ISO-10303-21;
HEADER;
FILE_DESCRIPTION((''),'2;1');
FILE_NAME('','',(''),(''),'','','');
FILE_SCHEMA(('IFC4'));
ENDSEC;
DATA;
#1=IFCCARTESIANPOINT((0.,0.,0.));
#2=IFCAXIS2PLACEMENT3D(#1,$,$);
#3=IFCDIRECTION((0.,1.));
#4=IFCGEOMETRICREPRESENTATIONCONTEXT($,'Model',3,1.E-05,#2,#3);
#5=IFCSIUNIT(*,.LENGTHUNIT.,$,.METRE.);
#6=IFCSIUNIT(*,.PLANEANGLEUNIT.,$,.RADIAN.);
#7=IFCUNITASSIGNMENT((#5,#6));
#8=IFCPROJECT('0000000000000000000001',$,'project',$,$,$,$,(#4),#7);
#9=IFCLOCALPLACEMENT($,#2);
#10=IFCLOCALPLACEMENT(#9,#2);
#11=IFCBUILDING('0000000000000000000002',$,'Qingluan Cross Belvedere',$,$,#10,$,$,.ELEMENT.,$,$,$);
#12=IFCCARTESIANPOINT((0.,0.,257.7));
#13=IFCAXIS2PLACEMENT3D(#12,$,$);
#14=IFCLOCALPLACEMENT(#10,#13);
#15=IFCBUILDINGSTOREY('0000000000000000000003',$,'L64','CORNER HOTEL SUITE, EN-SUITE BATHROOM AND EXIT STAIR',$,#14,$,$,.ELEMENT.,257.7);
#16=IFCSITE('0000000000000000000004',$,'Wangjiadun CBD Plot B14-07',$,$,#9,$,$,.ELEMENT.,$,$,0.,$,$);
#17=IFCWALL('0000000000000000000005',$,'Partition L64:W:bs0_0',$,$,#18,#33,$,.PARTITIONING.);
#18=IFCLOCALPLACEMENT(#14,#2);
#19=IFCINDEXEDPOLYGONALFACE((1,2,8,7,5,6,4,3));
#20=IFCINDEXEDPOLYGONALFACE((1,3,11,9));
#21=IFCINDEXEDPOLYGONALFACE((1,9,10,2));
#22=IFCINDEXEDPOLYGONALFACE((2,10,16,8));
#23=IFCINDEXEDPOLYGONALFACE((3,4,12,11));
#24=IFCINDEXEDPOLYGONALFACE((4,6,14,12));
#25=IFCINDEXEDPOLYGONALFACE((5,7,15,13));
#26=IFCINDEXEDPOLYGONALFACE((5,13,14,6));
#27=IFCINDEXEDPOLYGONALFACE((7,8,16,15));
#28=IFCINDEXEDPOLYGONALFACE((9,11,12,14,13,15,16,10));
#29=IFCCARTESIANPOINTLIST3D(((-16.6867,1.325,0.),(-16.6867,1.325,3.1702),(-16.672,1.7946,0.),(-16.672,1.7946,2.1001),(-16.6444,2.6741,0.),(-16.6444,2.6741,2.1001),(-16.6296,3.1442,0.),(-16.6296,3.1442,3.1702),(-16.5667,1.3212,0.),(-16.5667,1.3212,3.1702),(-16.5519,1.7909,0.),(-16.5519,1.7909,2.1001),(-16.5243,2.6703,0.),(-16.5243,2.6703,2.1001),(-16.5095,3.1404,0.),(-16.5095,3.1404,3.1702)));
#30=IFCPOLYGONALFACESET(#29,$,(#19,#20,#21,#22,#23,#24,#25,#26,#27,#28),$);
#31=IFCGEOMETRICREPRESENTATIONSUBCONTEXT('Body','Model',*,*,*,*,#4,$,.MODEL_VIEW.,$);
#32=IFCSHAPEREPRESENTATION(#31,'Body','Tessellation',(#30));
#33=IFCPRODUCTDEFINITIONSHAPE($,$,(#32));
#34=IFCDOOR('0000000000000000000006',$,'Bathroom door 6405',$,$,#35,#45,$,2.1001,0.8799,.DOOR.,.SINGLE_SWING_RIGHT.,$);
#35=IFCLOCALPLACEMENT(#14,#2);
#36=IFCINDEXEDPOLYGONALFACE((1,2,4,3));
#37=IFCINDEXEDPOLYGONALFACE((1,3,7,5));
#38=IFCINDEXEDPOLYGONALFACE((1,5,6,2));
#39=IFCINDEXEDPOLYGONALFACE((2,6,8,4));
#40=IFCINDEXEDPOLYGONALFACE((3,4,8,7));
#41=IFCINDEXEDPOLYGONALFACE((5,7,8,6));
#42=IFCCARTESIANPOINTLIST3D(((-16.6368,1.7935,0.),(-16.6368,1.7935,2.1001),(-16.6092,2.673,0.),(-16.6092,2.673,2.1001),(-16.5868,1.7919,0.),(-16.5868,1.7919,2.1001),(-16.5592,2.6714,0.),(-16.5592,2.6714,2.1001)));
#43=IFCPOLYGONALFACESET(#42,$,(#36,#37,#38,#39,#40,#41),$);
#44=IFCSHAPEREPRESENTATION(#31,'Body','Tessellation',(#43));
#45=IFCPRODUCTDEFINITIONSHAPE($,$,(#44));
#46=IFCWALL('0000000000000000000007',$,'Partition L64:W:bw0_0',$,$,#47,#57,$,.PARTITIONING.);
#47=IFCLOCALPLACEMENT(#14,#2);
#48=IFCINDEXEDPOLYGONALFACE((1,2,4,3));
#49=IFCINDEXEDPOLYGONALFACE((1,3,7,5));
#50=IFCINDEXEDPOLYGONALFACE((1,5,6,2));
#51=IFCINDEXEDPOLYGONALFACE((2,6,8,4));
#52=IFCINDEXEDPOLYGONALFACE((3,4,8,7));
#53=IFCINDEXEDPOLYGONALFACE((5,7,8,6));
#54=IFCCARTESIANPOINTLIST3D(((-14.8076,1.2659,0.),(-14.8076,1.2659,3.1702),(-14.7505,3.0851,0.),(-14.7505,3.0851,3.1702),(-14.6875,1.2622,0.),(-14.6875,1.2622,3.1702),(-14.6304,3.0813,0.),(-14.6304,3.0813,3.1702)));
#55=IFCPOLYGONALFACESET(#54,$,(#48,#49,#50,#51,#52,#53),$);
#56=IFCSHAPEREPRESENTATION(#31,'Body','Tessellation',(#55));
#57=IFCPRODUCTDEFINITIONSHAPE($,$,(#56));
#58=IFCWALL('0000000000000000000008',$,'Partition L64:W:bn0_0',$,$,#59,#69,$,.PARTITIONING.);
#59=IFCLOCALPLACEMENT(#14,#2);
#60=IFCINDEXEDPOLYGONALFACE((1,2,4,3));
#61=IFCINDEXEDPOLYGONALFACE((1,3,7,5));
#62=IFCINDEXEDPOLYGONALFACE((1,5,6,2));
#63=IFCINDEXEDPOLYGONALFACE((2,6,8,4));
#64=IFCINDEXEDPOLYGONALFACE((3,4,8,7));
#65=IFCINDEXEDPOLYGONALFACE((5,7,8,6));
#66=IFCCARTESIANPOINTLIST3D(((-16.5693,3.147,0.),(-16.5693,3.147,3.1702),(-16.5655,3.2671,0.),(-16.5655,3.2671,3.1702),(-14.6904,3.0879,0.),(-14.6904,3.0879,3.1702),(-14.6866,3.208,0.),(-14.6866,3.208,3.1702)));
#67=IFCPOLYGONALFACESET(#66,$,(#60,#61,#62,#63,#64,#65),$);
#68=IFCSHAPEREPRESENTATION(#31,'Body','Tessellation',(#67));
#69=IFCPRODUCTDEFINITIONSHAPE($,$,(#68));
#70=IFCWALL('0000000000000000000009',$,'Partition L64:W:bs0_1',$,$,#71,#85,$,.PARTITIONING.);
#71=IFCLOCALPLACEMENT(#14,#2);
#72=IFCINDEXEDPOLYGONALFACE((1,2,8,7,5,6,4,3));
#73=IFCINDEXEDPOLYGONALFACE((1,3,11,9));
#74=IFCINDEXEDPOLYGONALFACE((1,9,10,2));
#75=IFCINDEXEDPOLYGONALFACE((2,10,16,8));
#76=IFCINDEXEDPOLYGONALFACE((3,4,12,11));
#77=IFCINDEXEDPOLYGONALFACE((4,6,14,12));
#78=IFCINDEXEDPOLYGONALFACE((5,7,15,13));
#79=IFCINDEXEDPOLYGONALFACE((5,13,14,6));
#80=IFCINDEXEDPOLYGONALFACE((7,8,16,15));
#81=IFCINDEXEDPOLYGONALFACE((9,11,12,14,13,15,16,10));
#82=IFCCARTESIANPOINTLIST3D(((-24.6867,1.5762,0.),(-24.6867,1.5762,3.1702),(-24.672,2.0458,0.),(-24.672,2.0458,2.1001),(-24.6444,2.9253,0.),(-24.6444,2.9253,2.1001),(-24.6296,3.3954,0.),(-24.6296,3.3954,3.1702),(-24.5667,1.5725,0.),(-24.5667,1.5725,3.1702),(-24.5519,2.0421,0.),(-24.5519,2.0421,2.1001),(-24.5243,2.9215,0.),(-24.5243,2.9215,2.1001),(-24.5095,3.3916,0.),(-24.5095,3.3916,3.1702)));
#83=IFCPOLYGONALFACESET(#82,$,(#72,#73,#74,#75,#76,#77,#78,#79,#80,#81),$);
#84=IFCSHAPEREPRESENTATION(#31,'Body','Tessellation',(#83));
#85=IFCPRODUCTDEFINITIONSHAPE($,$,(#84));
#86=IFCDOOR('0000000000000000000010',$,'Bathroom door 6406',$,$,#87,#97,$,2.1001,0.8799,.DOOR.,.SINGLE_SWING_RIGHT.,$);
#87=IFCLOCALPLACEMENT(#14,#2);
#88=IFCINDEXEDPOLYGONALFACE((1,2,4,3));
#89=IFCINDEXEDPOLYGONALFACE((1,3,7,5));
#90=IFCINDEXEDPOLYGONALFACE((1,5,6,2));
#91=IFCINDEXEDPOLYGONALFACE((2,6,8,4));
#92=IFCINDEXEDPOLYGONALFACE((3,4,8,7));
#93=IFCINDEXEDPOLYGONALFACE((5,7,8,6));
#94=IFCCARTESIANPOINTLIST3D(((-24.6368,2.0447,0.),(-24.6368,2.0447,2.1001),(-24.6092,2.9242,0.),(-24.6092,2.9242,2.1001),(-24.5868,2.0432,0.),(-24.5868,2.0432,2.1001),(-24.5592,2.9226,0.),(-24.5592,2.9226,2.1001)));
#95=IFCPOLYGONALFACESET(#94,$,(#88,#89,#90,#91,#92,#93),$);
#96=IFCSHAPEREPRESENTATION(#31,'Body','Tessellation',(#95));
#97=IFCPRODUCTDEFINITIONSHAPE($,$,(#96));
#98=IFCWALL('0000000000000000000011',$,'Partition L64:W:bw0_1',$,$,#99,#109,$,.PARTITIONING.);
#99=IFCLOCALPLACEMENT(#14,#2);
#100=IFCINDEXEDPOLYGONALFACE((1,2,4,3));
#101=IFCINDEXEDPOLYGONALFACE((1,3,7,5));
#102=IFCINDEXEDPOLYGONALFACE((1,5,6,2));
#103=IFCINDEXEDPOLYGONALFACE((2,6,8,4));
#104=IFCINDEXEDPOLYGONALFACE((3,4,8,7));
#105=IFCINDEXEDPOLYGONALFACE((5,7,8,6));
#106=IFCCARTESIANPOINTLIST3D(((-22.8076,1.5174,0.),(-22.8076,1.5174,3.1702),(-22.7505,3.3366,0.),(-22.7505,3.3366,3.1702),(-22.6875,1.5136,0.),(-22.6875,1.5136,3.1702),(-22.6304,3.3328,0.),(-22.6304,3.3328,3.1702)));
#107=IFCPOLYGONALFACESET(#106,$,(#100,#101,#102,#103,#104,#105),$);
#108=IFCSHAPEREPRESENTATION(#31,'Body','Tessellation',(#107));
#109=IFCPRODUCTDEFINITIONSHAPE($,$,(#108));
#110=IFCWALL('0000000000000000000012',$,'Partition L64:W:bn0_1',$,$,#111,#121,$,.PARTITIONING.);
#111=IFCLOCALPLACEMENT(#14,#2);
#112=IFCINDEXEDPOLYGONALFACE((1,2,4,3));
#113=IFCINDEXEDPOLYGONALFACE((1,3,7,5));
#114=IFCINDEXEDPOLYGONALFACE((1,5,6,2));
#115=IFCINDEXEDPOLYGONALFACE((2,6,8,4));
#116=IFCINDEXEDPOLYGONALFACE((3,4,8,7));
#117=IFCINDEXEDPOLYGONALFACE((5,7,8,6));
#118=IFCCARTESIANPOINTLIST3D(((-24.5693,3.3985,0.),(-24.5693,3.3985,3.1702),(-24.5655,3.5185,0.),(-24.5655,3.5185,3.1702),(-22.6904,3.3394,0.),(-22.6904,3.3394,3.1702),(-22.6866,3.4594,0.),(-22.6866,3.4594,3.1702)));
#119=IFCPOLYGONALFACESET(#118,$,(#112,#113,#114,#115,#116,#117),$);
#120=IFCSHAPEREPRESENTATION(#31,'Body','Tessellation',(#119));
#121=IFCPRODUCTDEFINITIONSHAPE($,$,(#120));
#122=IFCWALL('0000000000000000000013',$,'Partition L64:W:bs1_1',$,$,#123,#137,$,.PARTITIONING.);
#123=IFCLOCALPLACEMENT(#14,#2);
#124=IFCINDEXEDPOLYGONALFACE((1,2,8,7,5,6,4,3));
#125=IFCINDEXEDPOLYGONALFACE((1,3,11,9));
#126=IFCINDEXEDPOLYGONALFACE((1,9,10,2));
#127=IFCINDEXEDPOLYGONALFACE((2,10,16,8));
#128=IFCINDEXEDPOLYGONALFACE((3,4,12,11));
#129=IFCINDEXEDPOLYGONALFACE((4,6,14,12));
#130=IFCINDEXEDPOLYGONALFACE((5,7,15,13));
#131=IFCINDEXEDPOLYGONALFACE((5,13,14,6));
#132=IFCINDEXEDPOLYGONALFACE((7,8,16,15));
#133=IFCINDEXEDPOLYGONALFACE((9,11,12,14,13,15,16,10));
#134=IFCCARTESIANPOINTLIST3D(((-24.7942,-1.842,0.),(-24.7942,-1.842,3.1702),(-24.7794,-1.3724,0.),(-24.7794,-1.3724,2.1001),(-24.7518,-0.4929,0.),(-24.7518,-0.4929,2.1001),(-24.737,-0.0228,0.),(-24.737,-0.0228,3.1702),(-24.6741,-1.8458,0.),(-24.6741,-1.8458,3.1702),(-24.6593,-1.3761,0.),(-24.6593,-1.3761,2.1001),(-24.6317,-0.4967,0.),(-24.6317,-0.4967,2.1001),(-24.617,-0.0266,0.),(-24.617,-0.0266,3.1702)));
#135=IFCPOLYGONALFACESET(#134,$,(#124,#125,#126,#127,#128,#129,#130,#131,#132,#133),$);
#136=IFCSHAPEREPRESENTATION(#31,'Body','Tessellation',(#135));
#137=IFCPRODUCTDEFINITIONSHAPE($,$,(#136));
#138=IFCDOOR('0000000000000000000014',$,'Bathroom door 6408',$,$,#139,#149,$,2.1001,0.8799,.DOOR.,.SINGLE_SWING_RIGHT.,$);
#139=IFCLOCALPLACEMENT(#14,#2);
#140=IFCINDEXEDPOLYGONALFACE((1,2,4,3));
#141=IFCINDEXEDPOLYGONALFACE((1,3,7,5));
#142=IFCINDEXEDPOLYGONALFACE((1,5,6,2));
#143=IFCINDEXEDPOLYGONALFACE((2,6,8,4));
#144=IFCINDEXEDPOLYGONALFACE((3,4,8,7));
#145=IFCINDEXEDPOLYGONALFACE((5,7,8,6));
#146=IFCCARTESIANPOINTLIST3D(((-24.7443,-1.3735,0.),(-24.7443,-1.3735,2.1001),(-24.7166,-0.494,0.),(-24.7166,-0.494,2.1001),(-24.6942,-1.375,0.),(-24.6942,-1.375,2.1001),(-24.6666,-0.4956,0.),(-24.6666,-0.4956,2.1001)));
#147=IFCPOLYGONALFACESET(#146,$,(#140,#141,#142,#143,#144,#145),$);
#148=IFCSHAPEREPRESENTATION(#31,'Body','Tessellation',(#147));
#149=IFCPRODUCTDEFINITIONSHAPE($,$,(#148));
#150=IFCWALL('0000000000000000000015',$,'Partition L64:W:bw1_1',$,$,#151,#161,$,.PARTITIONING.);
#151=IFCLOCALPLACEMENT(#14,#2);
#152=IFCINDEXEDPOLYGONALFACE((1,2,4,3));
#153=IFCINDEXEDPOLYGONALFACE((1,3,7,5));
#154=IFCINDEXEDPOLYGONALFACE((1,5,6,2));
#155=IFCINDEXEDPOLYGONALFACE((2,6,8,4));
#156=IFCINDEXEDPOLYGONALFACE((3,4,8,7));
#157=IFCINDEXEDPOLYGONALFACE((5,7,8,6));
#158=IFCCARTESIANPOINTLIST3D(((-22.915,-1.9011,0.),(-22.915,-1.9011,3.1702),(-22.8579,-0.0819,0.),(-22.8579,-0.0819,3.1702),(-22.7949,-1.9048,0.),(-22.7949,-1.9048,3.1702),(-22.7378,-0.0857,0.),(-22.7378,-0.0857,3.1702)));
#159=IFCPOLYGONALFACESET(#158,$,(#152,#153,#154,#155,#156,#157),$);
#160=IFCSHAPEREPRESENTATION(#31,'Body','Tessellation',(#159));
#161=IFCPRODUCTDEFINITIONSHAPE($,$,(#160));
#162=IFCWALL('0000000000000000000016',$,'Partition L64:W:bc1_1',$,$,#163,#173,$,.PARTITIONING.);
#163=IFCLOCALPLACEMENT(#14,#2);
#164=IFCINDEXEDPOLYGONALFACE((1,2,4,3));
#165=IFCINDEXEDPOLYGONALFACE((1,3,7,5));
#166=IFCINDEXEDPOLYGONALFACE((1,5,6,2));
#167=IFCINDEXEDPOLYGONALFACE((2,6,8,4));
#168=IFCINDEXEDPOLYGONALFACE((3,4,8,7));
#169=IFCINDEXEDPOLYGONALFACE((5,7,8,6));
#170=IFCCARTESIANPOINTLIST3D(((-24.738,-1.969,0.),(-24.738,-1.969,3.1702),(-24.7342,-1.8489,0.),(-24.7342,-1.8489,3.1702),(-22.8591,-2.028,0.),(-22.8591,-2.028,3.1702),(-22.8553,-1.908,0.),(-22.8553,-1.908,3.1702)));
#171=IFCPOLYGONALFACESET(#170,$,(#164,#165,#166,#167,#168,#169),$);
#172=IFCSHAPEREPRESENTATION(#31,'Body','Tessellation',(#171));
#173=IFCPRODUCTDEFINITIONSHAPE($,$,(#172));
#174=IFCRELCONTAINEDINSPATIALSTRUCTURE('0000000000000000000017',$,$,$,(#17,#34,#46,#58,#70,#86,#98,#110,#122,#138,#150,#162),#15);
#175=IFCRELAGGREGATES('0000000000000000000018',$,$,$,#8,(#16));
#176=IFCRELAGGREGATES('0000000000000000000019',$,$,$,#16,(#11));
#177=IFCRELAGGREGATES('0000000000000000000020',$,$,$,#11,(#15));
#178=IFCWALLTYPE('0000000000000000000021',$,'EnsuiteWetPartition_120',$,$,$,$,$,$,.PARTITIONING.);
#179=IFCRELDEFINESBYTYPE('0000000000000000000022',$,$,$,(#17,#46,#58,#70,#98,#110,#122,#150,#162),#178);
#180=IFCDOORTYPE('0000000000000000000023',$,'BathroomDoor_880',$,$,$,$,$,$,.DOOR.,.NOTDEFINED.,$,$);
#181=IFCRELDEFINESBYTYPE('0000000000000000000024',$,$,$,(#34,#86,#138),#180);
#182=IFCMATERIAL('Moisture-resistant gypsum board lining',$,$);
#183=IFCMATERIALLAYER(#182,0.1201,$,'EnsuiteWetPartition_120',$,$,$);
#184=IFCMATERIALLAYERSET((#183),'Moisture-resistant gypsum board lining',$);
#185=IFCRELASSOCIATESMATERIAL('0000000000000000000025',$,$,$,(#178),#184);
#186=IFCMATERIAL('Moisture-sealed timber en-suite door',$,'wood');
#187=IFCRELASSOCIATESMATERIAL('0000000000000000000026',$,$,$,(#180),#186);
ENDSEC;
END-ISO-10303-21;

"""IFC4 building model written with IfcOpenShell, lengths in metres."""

from ifc_helpers import new_model, si_unit, direction, frame, frame_2d, origin, place, context, subcontext, project, spatial, rectangle, extrude, material, layer, layer_set, type_object, element, fill, save


model = new_model("IFC4")

# Units and contexts
model_context = context("Model", 3, precision=1e-05, world=origin(), true_north=direction((0.0, 1.0)))
body_context = subcontext(model_context, "Body", "Model", "MODEL_VIEW")
ifc_project = project(units=[si_unit("LENGTHUNIT", "METRE"), si_unit("PLANEANGLEUNIT", "RADIAN")], contexts=[model_context])

# Site, building, storey
site_placement = place(None, origin())
site = spatial("IfcSite", under=ifc_project, at=site_placement, Name="Wangjiadun CBD Plot B14-07", CompositionType="ELEMENT", RefElevation=0.0)
building_placement = place(site_placement, origin())
building = spatial("IfcBuilding", under=site, at=building_placement, Name="Qingluan Cross Belvedere", CompositionType="ELEMENT")
storey_placement = place(building_placement, frame((0.0, 0.0, 257.7)))
storey = spatial("IfcBuildingStorey", under=building, at=storey_placement, Name="L64", Description="CORNER HOTEL SUITE, EN-SUITE BATHROOM AND EXIT STAIR", CompositionType="ELEMENT", Elevation=257.7)

# Wall, opening, door
ifc_material_1 = material(Name="Moisture-resistant gypsum board lining")
ifc_layer_1 = layer(ifc_material_1, 0.1201, Name="EnsuiteWetPartition_120")
ifc_layer_set_1 = layer_set([ifc_layer_1], Name="Moisture-resistant gypsum board lining")
wall_type_1 = type_object("IfcWallType", Name="EnsuiteWetPartition_120", PredefinedType="PARTITIONING", material=ifc_layer_set_1)
wall_1_placement = place(storey_placement, frame((-16.6267, 1.323, 0.0), z_axis=(0.0, 0.0, 1.0), x_axis=(0.03139, 0.999507, 0.0)))
wall_1 = element("IfcWall", 1, at=wall_1_placement, inside=storey, type_object=wall_type_1, Name="Partition L64:W:bs0_0", PredefinedType="PARTITIONING", context=body_context, shape_type="SweptSolid", body=[
    extrude(rectangle(XDim=1.8201, YDim=0.1201, at=frame_2d((0.9102, 0.0))), origin(), (0.0, 0.0, 1.0), 3.1702),
])
opening_1_placement = place(wall_1_placement, frame((0.47, 0.0, 0.0)))
opening_1 = element("IfcOpeningElement", 2, at=opening_1_placement, cuts=wall_1, PredefinedType="OPENING", context=body_context, shape_type="SweptSolid", body=[
    extrude(rectangle(XDim=0.8799, YDim=2.1001, at=frame_2d((0.4399, 1.05))), frame((0.0, 0.0701, 0.0), z_axis=(0.0, -1.0, 0.0), x_axis=(1.0, 0.0, 0.0)), (0.0, 0.0, 1.0), 0.1401),
])
ifc_material_2 = material(Name="Moisture-sealed timber en-suite door", Category="wood")
door_type_1 = type_object("IfcDoorType", Name="BathroomDoor_880", OperationType="NOTDEFINED", PredefinedType="DOOR", material=ifc_material_2)
door_1_placement = place(opening_1_placement, origin())
door_1 = element("IfcDoor", 3, at=door_1_placement, inside=storey, type_object=door_type_1, Name="Bathroom door 6405", OperationType="SINGLE_SWING_RIGHT", OverallHeight=2.1001, OverallWidth=0.8799, PredefinedType="DOOR", context=body_context, shape_type="SweptSolid", body=[
    extrude(rectangle(XDim=0.8799, YDim=2.1001, at=frame_2d((0.4399, 1.05))), frame((0.0, 0.0249, 0.0), z_axis=(0.0, -1.0, 0.0), x_axis=(1.0, 0.0, 0.0)), (0.0, 0.0, 1.0), 0.05),
])
fill(opening_1, door_1)

# Walls
wall_2_placement = place(storey_placement, frame((-14.7476, 1.2639, 0.0), z_axis=(0.0, 0.0, 1.0), x_axis=(0.03139, 0.999507, 0.0)))
element("IfcWall", 4, at=wall_2_placement, inside=storey, type_object=wall_type_1, Name="Partition L64:W:bw0_0", PredefinedType="PARTITIONING", context=body_context, shape_type="SweptSolid", body=[
    extrude(rectangle(XDim=1.8201, YDim=0.1201, at=frame_2d((0.9102, 0.0))), origin(), (0.0, 0.0, 1.0), 3.1702),
])
wall_3_placement = place(storey_placement, frame((-14.6885, 3.1479, 0.0), z_axis=(0.0, 0.0, 1.0), x_axis=(-0.999506, 0.031429, 0.0)))
element("IfcWall", 5, at=wall_3_placement, inside=storey, type_object=wall_type_1, Name="Partition L64:W:bn0_0", PredefinedType="PARTITIONING", context=body_context, shape_type="SweptSolid", body=[
    extrude(rectangle(XDim=1.8799, YDim=0.1201, at=frame_2d((0.9399, 0.0))), origin(), (0.0, 0.0, 1.0), 3.1702),
])

# Wall, opening, door
wall_4_placement = place(storey_placement, frame((-24.6267, 1.5742, 0.0), z_axis=(0.0, 0.0, 1.0), x_axis=(0.03139, 0.999507, 0.0)))
wall_4 = element("IfcWall", 6, at=wall_4_placement, inside=storey, type_object=wall_type_1, Name="Partition L64:W:bs0_1", PredefinedType="PARTITIONING", context=body_context, shape_type="SweptSolid", body=[
    extrude(rectangle(XDim=1.8201, YDim=0.1201, at=frame_2d((0.9102, 0.0))), origin(), (0.0, 0.0, 1.0), 3.1702),
])
opening_2_placement = place(wall_4_placement, frame((0.47, 0.0, 0.0)))
opening_2 = element("IfcOpeningElement", 7, at=opening_2_placement, cuts=wall_4, PredefinedType="OPENING", context=body_context, shape_type="SweptSolid", body=[
    extrude(rectangle(XDim=0.8799, YDim=2.1001, at=frame_2d((0.4399, 1.05))), frame((0.0, 0.0701, 0.0), z_axis=(0.0, -1.0, 0.0), x_axis=(1.0, 0.0, 0.0)), (0.0, 0.0, 1.0), 0.1401),
])
door_2_placement = place(opening_2_placement, origin())
door_2 = element("IfcDoor", 8, at=door_2_placement, inside=storey, type_object=door_type_1, Name="Bathroom door 6406", OperationType="SINGLE_SWING_RIGHT", OverallHeight=2.1001, OverallWidth=0.8799, PredefinedType="DOOR", context=body_context, shape_type="SweptSolid", body=[
    extrude(rectangle(XDim=0.8799, YDim=2.1001, at=frame_2d((0.4399, 1.05))), frame((0.0, 0.0249, 0.0), z_axis=(0.0, -1.0, 0.0), x_axis=(1.0, 0.0, 0.0)), (0.0, 0.0, 1.0), 0.05),
])
fill(opening_2, door_2)

# Walls
wall_5_placement = place(storey_placement, frame((-22.7476, 1.5154, 0.0), z_axis=(0.0, 0.0, 1.0), x_axis=(0.03139, 0.999507, 0.0)))
element("IfcWall", 9, at=wall_5_placement, inside=storey, type_object=wall_type_1, Name="Partition L64:W:bw0_1", PredefinedType="PARTITIONING", context=body_context, shape_type="SweptSolid", body=[
    extrude(rectangle(XDim=1.8201, YDim=0.1201, at=frame_2d((0.9102, 0.0))), origin(), (0.0, 0.0, 1.0), 3.1702),
])
wall_6_placement = place(storey_placement, frame((-22.6885, 3.3994, 0.0), z_axis=(0.0, 0.0, 1.0), x_axis=(-0.999506, 0.031429, 0.0)))
element("IfcWall", 10, at=wall_6_placement, inside=storey, type_object=wall_type_1, Name="Partition L64:W:bn0_1", PredefinedType="PARTITIONING", context=body_context, shape_type="SweptSolid", body=[
    extrude(rectangle(XDim=1.8799, YDim=0.1201, at=frame_2d((0.9399, 0.0))), origin(), (0.0, 0.0, 1.0), 3.1702),
])

# Wall, opening, door
wall_7_placement = place(storey_placement, frame((-24.7341, -1.844, 0.0), z_axis=(0.0, 0.0, 1.0), x_axis=(0.03139, 0.999507, 0.0)))
wall_7 = element("IfcWall", 11, at=wall_7_placement, inside=storey, type_object=wall_type_1, Name="Partition L64:W:bs1_1", PredefinedType="PARTITIONING", context=body_context, shape_type="SweptSolid", body=[
    extrude(rectangle(XDim=1.8201, YDim=0.1201, at=frame_2d((0.9102, 0.0))), origin(), (0.0, 0.0, 1.0), 3.1702),
])
opening_3_placement = place(wall_7_placement, frame((0.47, 0.0, 0.0)))
opening_3 = element("IfcOpeningElement", 12, at=opening_3_placement, cuts=wall_7, PredefinedType="OPENING", context=body_context, shape_type="SweptSolid", body=[
    extrude(rectangle(XDim=0.8799, YDim=2.1001, at=frame_2d((0.4399, 1.05))), frame((0.0, 0.0701, 0.0), z_axis=(0.0, -1.0, 0.0), x_axis=(1.0, 0.0, 0.0)), (0.0, 0.0, 1.0), 0.1401),
])
door_3_placement = place(opening_3_placement, origin())
door_3 = element("IfcDoor", 13, at=door_3_placement, inside=storey, type_object=door_type_1, Name="Bathroom door 6408", OperationType="SINGLE_SWING_RIGHT", OverallHeight=2.1001, OverallWidth=0.8799, PredefinedType="DOOR", context=body_context, shape_type="SweptSolid", body=[
    extrude(rectangle(XDim=0.8799, YDim=2.1001, at=frame_2d((0.4399, 1.05))), frame((0.0, 0.0249, 0.0), z_axis=(0.0, -1.0, 0.0), x_axis=(1.0, 0.0, 0.0)), (0.0, 0.0, 1.0), 0.05),
])
fill(opening_3, door_3)

# Walls
wall_8_placement = place(storey_placement, frame((-22.855, -1.9031, 0.0), z_axis=(0.0, 0.0, 1.0), x_axis=(0.03139, 0.999507, 0.0)))
element("IfcWall", 14, at=wall_8_placement, inside=storey, type_object=wall_type_1, Name="Partition L64:W:bw1_1", PredefinedType="PARTITIONING", context=body_context, shape_type="SweptSolid", body=[
    extrude(rectangle(XDim=1.8201, YDim=0.1201, at=frame_2d((0.9102, 0.0))), origin(), (0.0, 0.0, 1.0), 3.1702),
])
wall_9_placement = place(storey_placement, frame((-22.8572, -1.968, 0.0), z_axis=(0.0, 0.0, 1.0), x_axis=(-0.999506, 0.031429, 0.0)))
element("IfcWall", 15, at=wall_9_placement, inside=storey, type_object=wall_type_1, Name="Partition L64:W:bc1_1", PredefinedType="PARTITIONING", context=body_context, shape_type="SweptSolid", body=[
    extrude(rectangle(XDim=1.8799, YDim=0.1201, at=frame_2d((0.9399, 0.0))), origin(), (0.0, 0.0, 1.0), 3.1702),
])

save(model, "model.ifc")
